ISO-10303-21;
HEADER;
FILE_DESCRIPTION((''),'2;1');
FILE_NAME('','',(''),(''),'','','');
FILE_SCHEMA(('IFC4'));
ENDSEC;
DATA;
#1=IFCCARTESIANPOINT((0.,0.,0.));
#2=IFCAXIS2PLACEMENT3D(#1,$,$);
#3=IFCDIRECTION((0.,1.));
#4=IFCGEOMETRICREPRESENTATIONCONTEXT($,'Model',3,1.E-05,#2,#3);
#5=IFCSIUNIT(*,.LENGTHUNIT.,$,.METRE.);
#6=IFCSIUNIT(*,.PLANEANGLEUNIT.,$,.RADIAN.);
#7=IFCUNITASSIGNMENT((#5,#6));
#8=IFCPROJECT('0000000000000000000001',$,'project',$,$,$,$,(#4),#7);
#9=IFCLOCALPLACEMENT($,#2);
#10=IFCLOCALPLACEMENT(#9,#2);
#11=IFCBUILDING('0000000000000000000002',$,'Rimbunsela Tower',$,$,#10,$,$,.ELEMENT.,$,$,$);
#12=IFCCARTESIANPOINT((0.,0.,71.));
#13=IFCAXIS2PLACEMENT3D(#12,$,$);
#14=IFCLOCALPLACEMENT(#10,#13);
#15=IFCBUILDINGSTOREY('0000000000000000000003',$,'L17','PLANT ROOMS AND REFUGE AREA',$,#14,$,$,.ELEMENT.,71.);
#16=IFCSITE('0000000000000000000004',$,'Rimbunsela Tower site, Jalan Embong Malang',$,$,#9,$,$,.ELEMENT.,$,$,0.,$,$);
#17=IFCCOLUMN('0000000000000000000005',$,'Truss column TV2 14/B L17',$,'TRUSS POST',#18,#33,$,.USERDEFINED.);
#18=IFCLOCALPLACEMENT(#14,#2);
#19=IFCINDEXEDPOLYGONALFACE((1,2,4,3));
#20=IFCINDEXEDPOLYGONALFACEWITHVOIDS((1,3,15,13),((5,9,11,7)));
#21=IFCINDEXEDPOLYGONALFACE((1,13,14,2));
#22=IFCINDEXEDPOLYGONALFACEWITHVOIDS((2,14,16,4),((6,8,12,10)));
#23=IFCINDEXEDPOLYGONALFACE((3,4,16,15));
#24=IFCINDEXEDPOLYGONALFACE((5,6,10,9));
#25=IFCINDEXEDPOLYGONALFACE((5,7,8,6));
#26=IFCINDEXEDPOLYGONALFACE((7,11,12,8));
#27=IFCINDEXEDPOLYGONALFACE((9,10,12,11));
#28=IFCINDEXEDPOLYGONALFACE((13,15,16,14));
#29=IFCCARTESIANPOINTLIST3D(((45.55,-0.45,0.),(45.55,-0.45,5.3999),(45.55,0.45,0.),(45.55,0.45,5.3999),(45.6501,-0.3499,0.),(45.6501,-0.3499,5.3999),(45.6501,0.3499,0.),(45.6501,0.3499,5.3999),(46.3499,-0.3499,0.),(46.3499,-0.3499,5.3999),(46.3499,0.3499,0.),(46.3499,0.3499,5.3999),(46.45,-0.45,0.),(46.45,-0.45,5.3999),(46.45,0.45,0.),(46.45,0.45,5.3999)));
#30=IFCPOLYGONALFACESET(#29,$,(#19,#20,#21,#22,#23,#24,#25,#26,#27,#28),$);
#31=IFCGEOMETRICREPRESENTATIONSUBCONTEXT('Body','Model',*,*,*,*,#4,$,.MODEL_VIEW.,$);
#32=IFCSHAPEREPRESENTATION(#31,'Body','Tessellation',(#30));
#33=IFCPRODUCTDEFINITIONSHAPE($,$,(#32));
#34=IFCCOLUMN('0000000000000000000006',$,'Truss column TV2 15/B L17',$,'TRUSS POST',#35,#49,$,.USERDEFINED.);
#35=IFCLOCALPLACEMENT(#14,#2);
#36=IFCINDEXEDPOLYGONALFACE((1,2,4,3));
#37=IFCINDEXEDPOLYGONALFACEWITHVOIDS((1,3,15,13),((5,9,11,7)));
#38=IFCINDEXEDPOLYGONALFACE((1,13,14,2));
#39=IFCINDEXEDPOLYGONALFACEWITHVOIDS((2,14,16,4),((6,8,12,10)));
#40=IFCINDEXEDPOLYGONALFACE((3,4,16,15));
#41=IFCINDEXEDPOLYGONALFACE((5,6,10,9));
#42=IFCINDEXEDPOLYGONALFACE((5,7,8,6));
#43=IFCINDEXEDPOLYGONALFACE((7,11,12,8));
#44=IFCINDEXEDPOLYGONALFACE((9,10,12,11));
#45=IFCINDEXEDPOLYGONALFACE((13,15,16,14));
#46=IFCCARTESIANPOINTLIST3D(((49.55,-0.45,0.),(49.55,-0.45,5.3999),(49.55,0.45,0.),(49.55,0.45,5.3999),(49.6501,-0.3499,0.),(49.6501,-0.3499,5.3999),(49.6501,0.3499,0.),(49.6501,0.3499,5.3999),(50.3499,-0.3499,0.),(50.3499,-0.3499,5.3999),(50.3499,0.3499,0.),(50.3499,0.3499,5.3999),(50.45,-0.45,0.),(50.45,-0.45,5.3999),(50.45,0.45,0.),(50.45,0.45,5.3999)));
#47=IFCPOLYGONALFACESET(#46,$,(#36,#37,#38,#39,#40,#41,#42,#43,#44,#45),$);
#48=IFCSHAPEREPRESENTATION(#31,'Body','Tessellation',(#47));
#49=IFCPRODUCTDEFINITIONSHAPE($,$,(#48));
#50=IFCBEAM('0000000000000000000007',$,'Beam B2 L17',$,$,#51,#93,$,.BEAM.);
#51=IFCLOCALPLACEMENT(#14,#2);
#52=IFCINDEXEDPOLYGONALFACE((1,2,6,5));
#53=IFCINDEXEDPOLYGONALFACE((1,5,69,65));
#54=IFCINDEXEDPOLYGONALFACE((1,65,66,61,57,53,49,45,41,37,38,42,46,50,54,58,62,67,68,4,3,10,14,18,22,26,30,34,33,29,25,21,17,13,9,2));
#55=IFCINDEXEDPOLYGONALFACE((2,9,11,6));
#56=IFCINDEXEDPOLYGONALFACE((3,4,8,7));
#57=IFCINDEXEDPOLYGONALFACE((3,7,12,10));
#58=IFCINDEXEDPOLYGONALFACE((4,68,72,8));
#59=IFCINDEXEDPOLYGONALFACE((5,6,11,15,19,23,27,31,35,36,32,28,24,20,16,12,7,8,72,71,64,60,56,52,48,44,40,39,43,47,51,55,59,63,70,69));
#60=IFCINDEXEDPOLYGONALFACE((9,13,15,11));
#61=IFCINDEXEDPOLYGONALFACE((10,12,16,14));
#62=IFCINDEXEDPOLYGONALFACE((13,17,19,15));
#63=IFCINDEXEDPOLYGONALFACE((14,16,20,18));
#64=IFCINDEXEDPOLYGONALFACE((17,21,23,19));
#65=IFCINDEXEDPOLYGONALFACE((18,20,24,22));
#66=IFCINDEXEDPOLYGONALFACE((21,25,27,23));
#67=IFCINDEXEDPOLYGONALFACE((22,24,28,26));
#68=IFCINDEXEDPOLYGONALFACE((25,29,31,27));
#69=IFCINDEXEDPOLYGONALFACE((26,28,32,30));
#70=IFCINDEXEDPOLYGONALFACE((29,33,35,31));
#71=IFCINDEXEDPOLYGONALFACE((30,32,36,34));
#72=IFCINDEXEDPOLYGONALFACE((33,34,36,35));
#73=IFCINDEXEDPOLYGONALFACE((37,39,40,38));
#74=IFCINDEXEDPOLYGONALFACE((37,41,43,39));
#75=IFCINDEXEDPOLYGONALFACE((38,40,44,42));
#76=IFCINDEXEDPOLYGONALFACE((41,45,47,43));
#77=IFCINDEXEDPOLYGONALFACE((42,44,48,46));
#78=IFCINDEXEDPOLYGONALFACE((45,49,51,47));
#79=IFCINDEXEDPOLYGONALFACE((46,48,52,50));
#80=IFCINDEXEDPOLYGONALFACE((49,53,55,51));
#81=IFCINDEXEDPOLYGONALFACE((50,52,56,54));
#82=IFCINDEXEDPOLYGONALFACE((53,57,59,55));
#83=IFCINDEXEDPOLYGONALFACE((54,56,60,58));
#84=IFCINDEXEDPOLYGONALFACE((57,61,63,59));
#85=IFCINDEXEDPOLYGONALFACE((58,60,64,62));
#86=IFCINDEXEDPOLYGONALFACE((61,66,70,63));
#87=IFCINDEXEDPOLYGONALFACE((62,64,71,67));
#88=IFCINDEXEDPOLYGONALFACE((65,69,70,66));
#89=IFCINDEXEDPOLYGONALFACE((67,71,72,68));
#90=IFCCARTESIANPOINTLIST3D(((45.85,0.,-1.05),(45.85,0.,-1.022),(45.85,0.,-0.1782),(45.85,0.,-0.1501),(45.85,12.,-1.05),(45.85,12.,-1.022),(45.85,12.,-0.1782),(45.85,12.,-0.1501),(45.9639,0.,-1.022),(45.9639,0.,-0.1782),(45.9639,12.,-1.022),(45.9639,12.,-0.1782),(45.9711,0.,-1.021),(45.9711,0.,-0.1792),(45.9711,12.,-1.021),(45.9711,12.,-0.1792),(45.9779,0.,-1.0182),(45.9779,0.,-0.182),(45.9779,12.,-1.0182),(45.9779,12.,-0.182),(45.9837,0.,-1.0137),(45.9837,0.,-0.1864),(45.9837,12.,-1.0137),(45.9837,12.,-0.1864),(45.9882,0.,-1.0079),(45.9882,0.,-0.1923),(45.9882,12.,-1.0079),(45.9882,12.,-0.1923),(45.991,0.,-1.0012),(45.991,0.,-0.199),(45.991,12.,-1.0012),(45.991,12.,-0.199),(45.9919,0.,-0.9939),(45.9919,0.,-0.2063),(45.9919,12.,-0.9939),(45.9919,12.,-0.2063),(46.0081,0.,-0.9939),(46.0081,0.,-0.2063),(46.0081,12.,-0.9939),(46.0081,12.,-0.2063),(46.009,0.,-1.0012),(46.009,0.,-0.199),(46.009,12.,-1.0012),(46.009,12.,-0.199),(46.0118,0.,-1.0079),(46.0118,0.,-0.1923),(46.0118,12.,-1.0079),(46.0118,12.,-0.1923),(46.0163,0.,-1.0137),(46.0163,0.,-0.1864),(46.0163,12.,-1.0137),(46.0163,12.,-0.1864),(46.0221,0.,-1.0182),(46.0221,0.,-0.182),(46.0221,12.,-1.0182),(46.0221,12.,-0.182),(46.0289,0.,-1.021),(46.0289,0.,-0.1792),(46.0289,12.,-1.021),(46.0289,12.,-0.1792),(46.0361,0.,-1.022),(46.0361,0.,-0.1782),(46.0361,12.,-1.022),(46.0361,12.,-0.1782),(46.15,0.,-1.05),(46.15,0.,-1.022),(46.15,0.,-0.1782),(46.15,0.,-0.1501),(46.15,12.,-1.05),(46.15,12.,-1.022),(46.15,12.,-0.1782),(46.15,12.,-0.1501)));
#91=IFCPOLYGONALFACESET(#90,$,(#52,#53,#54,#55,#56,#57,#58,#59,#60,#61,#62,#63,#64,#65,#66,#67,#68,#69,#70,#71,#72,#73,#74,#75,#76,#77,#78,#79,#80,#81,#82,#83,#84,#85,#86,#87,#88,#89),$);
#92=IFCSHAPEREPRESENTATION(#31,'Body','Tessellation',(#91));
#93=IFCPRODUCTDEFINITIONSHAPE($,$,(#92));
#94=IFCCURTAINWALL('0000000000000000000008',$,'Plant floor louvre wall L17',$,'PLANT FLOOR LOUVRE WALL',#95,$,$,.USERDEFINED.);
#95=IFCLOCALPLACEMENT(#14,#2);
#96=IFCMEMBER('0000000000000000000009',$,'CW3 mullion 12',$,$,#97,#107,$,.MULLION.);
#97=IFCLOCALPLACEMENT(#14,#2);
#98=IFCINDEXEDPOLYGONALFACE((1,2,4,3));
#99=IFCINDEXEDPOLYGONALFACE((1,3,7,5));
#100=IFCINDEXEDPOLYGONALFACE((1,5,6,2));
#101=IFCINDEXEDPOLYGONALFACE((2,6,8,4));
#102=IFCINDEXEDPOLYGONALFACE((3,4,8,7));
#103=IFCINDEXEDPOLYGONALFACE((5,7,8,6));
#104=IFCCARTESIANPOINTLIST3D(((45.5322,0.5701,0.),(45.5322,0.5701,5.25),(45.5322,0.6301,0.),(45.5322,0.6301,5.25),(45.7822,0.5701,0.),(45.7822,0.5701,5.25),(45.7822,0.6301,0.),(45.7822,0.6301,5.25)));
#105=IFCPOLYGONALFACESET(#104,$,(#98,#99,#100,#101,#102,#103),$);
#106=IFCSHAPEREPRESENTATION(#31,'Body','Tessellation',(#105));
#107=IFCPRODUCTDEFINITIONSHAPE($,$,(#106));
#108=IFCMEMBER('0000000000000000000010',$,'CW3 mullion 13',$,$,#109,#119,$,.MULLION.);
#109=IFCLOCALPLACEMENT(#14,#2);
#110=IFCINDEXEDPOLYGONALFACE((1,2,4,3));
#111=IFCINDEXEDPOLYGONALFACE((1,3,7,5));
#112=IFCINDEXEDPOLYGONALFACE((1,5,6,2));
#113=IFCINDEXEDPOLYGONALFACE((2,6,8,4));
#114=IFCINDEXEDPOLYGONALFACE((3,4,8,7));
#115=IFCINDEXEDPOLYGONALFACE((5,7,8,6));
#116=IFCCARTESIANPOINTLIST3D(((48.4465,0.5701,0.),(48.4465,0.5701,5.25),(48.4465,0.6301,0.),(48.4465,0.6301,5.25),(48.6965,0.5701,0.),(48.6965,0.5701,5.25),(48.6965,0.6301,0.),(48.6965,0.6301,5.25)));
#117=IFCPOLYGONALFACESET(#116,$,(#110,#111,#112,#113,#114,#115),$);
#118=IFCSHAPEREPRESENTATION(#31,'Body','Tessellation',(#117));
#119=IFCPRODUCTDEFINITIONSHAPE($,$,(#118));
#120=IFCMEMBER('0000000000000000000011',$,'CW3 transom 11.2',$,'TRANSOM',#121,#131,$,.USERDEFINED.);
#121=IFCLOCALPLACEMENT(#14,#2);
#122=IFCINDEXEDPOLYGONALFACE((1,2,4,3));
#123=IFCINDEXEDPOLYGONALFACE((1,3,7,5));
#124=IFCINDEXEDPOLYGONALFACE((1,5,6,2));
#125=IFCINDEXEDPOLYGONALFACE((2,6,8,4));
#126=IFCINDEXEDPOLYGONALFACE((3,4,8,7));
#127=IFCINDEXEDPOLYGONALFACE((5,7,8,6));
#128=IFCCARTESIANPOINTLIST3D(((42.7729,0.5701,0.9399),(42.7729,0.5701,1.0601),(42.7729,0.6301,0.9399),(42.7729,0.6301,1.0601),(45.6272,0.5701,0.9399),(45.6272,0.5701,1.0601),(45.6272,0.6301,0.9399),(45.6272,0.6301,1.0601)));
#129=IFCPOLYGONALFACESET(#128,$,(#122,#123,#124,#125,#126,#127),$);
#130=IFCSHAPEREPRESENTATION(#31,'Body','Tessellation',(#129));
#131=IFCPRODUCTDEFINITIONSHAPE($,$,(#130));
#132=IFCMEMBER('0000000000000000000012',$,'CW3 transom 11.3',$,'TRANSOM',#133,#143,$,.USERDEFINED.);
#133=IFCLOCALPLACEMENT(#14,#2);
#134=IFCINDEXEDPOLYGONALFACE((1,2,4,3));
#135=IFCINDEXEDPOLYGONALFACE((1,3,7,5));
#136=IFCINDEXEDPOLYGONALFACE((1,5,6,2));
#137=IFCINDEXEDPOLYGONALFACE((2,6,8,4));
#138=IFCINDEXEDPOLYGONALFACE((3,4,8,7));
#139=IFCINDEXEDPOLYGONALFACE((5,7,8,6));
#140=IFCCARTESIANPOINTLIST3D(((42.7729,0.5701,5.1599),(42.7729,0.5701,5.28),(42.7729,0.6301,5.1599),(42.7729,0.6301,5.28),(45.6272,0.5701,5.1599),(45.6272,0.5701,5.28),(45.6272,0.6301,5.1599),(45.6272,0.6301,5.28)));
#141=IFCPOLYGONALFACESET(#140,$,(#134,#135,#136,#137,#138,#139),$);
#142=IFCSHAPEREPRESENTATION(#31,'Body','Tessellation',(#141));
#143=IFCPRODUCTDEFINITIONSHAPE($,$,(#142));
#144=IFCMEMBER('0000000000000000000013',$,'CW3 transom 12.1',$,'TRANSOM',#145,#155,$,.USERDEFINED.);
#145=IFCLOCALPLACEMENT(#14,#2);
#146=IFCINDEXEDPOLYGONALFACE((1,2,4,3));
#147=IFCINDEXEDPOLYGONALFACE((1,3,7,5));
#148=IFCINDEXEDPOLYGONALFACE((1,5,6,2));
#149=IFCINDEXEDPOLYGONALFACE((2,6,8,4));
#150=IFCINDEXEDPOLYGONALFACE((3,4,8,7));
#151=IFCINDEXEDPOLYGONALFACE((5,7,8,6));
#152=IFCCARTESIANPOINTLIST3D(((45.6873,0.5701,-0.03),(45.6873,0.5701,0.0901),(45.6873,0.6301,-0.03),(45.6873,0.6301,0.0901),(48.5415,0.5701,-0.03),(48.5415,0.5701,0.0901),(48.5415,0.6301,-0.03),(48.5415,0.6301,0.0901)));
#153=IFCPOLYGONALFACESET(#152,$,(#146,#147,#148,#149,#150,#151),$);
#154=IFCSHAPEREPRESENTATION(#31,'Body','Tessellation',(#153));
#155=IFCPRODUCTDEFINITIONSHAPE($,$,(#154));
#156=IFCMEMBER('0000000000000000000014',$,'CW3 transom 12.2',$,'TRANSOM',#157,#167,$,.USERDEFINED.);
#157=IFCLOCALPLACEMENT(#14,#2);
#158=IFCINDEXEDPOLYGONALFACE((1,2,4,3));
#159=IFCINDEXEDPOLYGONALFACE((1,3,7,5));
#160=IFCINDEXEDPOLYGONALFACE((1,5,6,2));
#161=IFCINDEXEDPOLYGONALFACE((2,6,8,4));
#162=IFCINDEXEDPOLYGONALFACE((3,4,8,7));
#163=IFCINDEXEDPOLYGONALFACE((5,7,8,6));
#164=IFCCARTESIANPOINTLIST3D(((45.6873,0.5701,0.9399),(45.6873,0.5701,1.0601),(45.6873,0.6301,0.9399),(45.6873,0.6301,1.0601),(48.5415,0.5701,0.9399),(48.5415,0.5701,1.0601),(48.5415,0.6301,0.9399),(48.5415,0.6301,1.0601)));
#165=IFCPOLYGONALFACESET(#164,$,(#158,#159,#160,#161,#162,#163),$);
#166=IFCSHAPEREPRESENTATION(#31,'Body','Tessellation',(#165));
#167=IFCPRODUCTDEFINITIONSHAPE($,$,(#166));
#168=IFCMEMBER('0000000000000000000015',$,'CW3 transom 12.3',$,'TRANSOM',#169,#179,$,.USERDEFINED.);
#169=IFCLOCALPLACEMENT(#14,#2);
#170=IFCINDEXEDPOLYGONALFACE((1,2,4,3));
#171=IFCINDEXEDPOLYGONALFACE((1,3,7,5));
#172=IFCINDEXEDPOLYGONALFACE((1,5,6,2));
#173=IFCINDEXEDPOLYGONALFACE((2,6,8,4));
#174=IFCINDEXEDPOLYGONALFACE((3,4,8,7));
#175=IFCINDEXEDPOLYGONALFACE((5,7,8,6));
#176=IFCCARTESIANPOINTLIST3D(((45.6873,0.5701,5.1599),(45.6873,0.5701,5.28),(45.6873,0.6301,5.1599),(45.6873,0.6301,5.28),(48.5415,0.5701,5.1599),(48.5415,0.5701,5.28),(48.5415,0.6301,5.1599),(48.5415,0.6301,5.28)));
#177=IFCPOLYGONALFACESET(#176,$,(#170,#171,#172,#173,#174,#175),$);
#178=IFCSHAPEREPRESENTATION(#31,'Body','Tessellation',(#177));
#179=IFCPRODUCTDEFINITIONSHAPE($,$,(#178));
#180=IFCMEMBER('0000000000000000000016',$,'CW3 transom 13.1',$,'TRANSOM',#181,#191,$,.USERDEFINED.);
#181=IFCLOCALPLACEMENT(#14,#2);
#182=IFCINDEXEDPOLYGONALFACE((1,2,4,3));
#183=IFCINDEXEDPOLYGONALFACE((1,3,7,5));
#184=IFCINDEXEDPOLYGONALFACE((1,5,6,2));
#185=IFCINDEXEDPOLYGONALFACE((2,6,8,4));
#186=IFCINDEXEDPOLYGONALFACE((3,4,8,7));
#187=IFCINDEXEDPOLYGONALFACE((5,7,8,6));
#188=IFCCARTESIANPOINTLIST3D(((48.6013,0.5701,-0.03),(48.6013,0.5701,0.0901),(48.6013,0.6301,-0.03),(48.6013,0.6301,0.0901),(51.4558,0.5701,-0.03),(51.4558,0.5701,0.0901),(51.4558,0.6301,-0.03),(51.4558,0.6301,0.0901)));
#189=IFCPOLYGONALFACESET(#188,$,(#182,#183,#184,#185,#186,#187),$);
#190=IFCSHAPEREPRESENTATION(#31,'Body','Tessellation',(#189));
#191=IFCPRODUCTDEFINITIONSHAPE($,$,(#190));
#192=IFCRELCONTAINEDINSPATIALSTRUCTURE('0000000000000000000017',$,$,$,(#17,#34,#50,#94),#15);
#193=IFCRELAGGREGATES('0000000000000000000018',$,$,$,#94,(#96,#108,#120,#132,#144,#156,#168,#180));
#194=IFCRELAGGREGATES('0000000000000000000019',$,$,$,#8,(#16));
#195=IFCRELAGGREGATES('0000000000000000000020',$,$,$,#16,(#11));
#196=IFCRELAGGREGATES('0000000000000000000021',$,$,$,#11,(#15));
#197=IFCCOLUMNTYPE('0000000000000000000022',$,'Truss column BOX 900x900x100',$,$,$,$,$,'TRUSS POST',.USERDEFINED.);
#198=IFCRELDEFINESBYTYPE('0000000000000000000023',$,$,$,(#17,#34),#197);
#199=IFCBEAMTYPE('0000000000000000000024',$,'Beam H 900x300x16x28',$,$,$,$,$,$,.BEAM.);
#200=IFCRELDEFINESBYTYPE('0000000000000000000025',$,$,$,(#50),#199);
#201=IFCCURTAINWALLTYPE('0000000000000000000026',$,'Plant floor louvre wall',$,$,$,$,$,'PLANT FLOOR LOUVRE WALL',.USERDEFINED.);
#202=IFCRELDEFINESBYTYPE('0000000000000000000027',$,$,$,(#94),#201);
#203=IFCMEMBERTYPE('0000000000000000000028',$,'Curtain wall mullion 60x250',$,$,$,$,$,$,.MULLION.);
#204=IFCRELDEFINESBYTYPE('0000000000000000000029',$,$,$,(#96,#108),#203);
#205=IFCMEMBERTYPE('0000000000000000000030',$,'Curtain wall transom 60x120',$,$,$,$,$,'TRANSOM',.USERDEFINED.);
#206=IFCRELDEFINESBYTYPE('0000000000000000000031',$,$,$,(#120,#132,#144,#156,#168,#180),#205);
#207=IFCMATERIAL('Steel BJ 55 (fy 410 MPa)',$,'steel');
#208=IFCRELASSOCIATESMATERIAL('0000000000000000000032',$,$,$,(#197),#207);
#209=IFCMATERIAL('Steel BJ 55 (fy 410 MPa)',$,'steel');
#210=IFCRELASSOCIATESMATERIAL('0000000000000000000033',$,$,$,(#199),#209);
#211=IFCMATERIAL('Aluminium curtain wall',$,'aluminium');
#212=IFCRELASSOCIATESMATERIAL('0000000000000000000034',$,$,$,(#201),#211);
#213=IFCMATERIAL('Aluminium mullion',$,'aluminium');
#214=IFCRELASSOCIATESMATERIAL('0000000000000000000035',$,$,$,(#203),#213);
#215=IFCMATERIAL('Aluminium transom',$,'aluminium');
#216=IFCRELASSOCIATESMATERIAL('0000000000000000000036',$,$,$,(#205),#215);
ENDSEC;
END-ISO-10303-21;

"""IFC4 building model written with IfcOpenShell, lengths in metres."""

from ifc_helpers import new_model, si_unit, direction, frame, origin, origin_2d, place, context, subcontext, project, spatial, rectangle, hollow_rectangle, i_section, extrude, material, material_profile, profile_set, type_object, element, aggregate, save


model = new_model("IFC4")

# Units and contexts
model_context = context("Model", 3, precision=1e-05, world=origin(), true_north=direction((0.0, 1.0)))
body_context = subcontext(model_context, "Body", "Model", "MODEL_VIEW")
ifc_project = project(units=[si_unit("LENGTHUNIT", "METRE"), si_unit("PLANEANGLEUNIT", "RADIAN")], contexts=[model_context])

# Site, building, storey
site_placement = place(None, origin())
site = spatial("IfcSite", under=ifc_project, at=site_placement, Name="Rimbunsela Tower site, Jalan Embong Malang", CompositionType="ELEMENT", RefElevation=0.0)
building_placement = place(site_placement, origin())
building = spatial("IfcBuilding", under=site, at=building_placement, Name="Rimbunsela Tower", CompositionType="ELEMENT")
storey_placement = place(building_placement, frame((0.0, 0.0, 71.0)))
storey = spatial("IfcBuildingStorey", under=building, at=storey_placement, Name="L17", Description="PLANT ROOMS AND REFUGE AREA", CompositionType="ELEMENT", Elevation=71.0)

# Columns
ifc_material_1 = material(Name="Steel BJ 55 (fy 410 MPa)", Category="steel")
ifc_material_profile_1 = material_profile(ifc_material_1, hollow_rectangle(XDim=0.8999, YDim=0.8999, WallThickness=0.1001, at=origin_2d()), Name="BOX 900x900x100")
ifc_profile_set_1 = profile_set([ifc_material_profile_1], Name="Steel BJ 55 (fy 410 MPa)")
column_type = type_object("IfcColumnType", Name="Truss column BOX 900x900x100", ElementType="TRUSS POST", PredefinedType="USERDEFINED", material=ifc_profile_set_1)
for number, where, z_axis, x_axis, name in (
    (1, (46.0, 0.0, 0.0), (0.0, 0.0, 1.0), (1.0, 0.0, 0.0), "Truss column TV2 14/B L17"),
    (2, (50.0, 0.0, 0.0), (0.0, 0.0, 1.0), (1.0, 0.0, 0.0), "Truss column TV2 15/B L17"),
):
    element("IfcColumn", number, at=place(storey_placement, frame(where, z_axis=z_axis, x_axis=x_axis)), inside=storey, type_object=column_type, Name=name, ObjectType="TRUSS POST", PredefinedType="USERDEFINED", context=body_context, shape_type="SweptSolid", body=[
        extrude(hollow_rectangle(XDim=0.8999, YDim=0.8999, WallThickness=0.1001, at=origin_2d()), origin(), (0.0, 0.0, 1.0), 5.3999),
    ])

# Beam
ifc_material_2 = material(Name="Steel BJ 55 (fy 410 MPa)", Category="steel")
ifc_material_profile_2 = material_profile(ifc_material_2, i_section(OverallWidth=0.3, OverallDepth=0.8999, WebThickness=0.0161, FlangeThickness=0.0281, FilletRadius=0.0281, at=origin_2d()), Name="H 900x300x16x28")
ifc_profile_set_2 = profile_set([ifc_material_profile_2], Name="Steel BJ 55 (fy 410 MPa)")
beam_type_1 = type_object("IfcBeamType", Name="Beam H 900x300x16x28", PredefinedType="BEAM", material=ifc_profile_set_2)
beam_placement = place(storey_placement, frame((46.0, 0.0, -0.6001), z_axis=(0.0, 1.0, 0.0), x_axis=(-1.0, 0.0, 0.0)))
element("IfcBeam", 3, at=beam_placement, inside=storey, type_object=beam_type_1, Name="Beam B2 L17", PredefinedType="BEAM", context=body_context, shape_type="SweptSolid", body=[
    extrude(i_section(OverallWidth=0.3, OverallDepth=0.8999, WebThickness=0.0161, FlangeThickness=0.0281, FilletRadius=0.0281, at=origin_2d()), origin(), (0.0, 0.0, 1.0), 12.0),
])

# Curtain wall, members
ifc_material_3 = material(Name="Aluminium curtain wall", Category="aluminium")
curtain_wall_type = type_object("IfcCurtainWallType", Name="Plant floor louvre wall", ElementType="PLANT FLOOR LOUVRE WALL", PredefinedType="USERDEFINED", material=ifc_material_3)
curtain_wall_placement = place(storey_placement, origin())
curtain_wall = element("IfcCurtainWall", 4, at=curtain_wall_placement, inside=storey, type_object=curtain_wall_type, Name="Plant floor louvre wall L17", ObjectType="PLANT FLOOR LOUVRE WALL", PredefinedType="USERDEFINED")
ifc_material_4 = material(Name="Aluminium mullion", Category="aluminium")
ifc_material_profile_3 = material_profile(ifc_material_4, rectangle(XDim=0.0601, YDim=0.25, at=origin_2d()), Name="Mullion 60x250")
ifc_profile_set_3 = profile_set([ifc_material_profile_3], Name="Aluminium mullion")
member_type_1 = type_object("IfcMemberType", Name="Curtain wall mullion 60x250", PredefinedType="MULLION", material=ifc_profile_set_3)
member_1_placement = place(storey_placement, frame((45.6572, 0.6001, 0.0), z_axis=(0.0, 0.0, 1.0), x_axis=(0.0, 1.0, 0.0)))
member_1 = element("IfcMember", 5, at=member_1_placement, type_object=member_type_1, Name="CW3 mullion 12", PredefinedType="MULLION", context=body_context, shape_type="SweptSolid", body=[
    extrude(rectangle(XDim=0.0601, YDim=0.25, at=origin_2d()), origin(), (0.0, 0.0, 1.0), 5.25),
])
member_2_placement = place(storey_placement, frame((48.5715, 0.6001, 0.0), z_axis=(0.0, 0.0, 1.0), x_axis=(0.0, 1.0, 0.0)))
member_2 = element("IfcMember", 6, at=member_2_placement, type_object=member_type_1, Name="CW3 mullion 13", PredefinedType="MULLION", context=body_context, shape_type="SweptSolid", body=[
    extrude(rectangle(XDim=0.0601, YDim=0.25, at=origin_2d()), origin(), (0.0, 0.0, 1.0), 5.25),
])
ifc_material_5 = material(Name="Aluminium transom", Category="aluminium")
ifc_material_profile_4 = material_profile(ifc_material_5, rectangle(XDim=0.0601, YDim=0.1201, at=origin_2d()), Name="Transom 60x120")
ifc_profile_set_4 = profile_set([ifc_material_profile_4], Name="Aluminium transom")
member_type_2 = type_object("IfcMemberType", Name="Curtain wall transom 60x120", ElementType="TRANSOM", PredefinedType="USERDEFINED", material=ifc_profile_set_4)
member_3_placement = place(storey_placement, frame((42.7729, 0.6001, 1.0), z_axis=(1.0, 0.0, 0.0), x_axis=(0.0, 1.0, 0.0)))
member_3 = element("IfcMember", 7, at=member_3_placement, type_object=member_type_2, Name="CW3 transom 11.2", ObjectType="TRANSOM", PredefinedType="USERDEFINED", context=body_context, shape_type="SweptSolid", body=[
    extrude(rectangle(XDim=0.0601, YDim=0.1201, at=origin_2d()), origin(), (0.0, 0.0, 1.0), 2.8542),
])
member_4_placement = place(storey_placement, frame((42.7729, 0.6001, 5.22), z_axis=(1.0, 0.0, 0.0), x_axis=(0.0, 1.0, 0.0)))
member_4 = element("IfcMember", 8, at=member_4_placement, type_object=member_type_2, Name="CW3 transom 11.3", ObjectType="TRANSOM", PredefinedType="USERDEFINED", context=body_context, shape_type="SweptSolid", body=[
    extrude(rectangle(XDim=0.0601, YDim=0.1201, at=origin_2d()), origin(), (0.0, 0.0, 1.0), 2.8542),
])
member_5_placement = place(storey_placement, frame((45.6873, 0.6001, 0.03), z_axis=(1.0, 0.0, 0.0), x_axis=(0.0, 1.0, 0.0)))
member_5 = element("IfcMember", 9, at=member_5_placement, type_object=member_type_2, Name="CW3 transom 12.1", ObjectType="TRANSOM", PredefinedType="USERDEFINED", context=body_context, shape_type="SweptSolid", body=[
    extrude(rectangle(XDim=0.0601, YDim=0.1201, at=origin_2d()), origin(), (0.0, 0.0, 1.0), 2.8542),
])
member_6_placement = place(storey_placement, frame((45.6873, 0.6001, 1.0), z_axis=(1.0, 0.0, 0.0), x_axis=(0.0, 1.0, 0.0)))
member_6 = element("IfcMember", 10, at=member_6_placement, type_object=member_type_2, Name="CW3 transom 12.2", ObjectType="TRANSOM", PredefinedType="USERDEFINED", context=body_context, shape_type="SweptSolid", body=[
    extrude(rectangle(XDim=0.0601, YDim=0.1201, at=origin_2d()), origin(), (0.0, 0.0, 1.0), 2.8542),
])
member_7_placement = place(storey_placement, frame((45.6873, 0.6001, 5.22), z_axis=(1.0, 0.0, 0.0), x_axis=(0.0, 1.0, 0.0)))
member_7 = element("IfcMember", 11, at=member_7_placement, type_object=member_type_2, Name="CW3 transom 12.3", ObjectType="TRANSOM", PredefinedType="USERDEFINED", context=body_context, shape_type="SweptSolid", body=[
    extrude(rectangle(XDim=0.0601, YDim=0.1201, at=origin_2d()), origin(), (0.0, 0.0, 1.0), 2.8542),
])
member_8_placement = place(storey_placement, frame((48.6013, 0.6001, 0.03), z_axis=(1.0, 0.0, 0.0), x_axis=(0.0, 1.0, 0.0)))
member_8 = element("IfcMember", 12, at=member_8_placement, type_object=member_type_2, Name="CW3 transom 13.1", ObjectType="TRANSOM", PredefinedType="USERDEFINED", context=body_context, shape_type="SweptSolid", body=[
    extrude(rectangle(XDim=0.0601, YDim=0.1201, at=origin_2d()), origin(), (0.0, 0.0, 1.0), 2.8545),
])

aggregate(curtain_wall, [member_1, member_2, member_3, member_4, member_5, member_6, member_7, member_8])

save(model, "model.ifc")
